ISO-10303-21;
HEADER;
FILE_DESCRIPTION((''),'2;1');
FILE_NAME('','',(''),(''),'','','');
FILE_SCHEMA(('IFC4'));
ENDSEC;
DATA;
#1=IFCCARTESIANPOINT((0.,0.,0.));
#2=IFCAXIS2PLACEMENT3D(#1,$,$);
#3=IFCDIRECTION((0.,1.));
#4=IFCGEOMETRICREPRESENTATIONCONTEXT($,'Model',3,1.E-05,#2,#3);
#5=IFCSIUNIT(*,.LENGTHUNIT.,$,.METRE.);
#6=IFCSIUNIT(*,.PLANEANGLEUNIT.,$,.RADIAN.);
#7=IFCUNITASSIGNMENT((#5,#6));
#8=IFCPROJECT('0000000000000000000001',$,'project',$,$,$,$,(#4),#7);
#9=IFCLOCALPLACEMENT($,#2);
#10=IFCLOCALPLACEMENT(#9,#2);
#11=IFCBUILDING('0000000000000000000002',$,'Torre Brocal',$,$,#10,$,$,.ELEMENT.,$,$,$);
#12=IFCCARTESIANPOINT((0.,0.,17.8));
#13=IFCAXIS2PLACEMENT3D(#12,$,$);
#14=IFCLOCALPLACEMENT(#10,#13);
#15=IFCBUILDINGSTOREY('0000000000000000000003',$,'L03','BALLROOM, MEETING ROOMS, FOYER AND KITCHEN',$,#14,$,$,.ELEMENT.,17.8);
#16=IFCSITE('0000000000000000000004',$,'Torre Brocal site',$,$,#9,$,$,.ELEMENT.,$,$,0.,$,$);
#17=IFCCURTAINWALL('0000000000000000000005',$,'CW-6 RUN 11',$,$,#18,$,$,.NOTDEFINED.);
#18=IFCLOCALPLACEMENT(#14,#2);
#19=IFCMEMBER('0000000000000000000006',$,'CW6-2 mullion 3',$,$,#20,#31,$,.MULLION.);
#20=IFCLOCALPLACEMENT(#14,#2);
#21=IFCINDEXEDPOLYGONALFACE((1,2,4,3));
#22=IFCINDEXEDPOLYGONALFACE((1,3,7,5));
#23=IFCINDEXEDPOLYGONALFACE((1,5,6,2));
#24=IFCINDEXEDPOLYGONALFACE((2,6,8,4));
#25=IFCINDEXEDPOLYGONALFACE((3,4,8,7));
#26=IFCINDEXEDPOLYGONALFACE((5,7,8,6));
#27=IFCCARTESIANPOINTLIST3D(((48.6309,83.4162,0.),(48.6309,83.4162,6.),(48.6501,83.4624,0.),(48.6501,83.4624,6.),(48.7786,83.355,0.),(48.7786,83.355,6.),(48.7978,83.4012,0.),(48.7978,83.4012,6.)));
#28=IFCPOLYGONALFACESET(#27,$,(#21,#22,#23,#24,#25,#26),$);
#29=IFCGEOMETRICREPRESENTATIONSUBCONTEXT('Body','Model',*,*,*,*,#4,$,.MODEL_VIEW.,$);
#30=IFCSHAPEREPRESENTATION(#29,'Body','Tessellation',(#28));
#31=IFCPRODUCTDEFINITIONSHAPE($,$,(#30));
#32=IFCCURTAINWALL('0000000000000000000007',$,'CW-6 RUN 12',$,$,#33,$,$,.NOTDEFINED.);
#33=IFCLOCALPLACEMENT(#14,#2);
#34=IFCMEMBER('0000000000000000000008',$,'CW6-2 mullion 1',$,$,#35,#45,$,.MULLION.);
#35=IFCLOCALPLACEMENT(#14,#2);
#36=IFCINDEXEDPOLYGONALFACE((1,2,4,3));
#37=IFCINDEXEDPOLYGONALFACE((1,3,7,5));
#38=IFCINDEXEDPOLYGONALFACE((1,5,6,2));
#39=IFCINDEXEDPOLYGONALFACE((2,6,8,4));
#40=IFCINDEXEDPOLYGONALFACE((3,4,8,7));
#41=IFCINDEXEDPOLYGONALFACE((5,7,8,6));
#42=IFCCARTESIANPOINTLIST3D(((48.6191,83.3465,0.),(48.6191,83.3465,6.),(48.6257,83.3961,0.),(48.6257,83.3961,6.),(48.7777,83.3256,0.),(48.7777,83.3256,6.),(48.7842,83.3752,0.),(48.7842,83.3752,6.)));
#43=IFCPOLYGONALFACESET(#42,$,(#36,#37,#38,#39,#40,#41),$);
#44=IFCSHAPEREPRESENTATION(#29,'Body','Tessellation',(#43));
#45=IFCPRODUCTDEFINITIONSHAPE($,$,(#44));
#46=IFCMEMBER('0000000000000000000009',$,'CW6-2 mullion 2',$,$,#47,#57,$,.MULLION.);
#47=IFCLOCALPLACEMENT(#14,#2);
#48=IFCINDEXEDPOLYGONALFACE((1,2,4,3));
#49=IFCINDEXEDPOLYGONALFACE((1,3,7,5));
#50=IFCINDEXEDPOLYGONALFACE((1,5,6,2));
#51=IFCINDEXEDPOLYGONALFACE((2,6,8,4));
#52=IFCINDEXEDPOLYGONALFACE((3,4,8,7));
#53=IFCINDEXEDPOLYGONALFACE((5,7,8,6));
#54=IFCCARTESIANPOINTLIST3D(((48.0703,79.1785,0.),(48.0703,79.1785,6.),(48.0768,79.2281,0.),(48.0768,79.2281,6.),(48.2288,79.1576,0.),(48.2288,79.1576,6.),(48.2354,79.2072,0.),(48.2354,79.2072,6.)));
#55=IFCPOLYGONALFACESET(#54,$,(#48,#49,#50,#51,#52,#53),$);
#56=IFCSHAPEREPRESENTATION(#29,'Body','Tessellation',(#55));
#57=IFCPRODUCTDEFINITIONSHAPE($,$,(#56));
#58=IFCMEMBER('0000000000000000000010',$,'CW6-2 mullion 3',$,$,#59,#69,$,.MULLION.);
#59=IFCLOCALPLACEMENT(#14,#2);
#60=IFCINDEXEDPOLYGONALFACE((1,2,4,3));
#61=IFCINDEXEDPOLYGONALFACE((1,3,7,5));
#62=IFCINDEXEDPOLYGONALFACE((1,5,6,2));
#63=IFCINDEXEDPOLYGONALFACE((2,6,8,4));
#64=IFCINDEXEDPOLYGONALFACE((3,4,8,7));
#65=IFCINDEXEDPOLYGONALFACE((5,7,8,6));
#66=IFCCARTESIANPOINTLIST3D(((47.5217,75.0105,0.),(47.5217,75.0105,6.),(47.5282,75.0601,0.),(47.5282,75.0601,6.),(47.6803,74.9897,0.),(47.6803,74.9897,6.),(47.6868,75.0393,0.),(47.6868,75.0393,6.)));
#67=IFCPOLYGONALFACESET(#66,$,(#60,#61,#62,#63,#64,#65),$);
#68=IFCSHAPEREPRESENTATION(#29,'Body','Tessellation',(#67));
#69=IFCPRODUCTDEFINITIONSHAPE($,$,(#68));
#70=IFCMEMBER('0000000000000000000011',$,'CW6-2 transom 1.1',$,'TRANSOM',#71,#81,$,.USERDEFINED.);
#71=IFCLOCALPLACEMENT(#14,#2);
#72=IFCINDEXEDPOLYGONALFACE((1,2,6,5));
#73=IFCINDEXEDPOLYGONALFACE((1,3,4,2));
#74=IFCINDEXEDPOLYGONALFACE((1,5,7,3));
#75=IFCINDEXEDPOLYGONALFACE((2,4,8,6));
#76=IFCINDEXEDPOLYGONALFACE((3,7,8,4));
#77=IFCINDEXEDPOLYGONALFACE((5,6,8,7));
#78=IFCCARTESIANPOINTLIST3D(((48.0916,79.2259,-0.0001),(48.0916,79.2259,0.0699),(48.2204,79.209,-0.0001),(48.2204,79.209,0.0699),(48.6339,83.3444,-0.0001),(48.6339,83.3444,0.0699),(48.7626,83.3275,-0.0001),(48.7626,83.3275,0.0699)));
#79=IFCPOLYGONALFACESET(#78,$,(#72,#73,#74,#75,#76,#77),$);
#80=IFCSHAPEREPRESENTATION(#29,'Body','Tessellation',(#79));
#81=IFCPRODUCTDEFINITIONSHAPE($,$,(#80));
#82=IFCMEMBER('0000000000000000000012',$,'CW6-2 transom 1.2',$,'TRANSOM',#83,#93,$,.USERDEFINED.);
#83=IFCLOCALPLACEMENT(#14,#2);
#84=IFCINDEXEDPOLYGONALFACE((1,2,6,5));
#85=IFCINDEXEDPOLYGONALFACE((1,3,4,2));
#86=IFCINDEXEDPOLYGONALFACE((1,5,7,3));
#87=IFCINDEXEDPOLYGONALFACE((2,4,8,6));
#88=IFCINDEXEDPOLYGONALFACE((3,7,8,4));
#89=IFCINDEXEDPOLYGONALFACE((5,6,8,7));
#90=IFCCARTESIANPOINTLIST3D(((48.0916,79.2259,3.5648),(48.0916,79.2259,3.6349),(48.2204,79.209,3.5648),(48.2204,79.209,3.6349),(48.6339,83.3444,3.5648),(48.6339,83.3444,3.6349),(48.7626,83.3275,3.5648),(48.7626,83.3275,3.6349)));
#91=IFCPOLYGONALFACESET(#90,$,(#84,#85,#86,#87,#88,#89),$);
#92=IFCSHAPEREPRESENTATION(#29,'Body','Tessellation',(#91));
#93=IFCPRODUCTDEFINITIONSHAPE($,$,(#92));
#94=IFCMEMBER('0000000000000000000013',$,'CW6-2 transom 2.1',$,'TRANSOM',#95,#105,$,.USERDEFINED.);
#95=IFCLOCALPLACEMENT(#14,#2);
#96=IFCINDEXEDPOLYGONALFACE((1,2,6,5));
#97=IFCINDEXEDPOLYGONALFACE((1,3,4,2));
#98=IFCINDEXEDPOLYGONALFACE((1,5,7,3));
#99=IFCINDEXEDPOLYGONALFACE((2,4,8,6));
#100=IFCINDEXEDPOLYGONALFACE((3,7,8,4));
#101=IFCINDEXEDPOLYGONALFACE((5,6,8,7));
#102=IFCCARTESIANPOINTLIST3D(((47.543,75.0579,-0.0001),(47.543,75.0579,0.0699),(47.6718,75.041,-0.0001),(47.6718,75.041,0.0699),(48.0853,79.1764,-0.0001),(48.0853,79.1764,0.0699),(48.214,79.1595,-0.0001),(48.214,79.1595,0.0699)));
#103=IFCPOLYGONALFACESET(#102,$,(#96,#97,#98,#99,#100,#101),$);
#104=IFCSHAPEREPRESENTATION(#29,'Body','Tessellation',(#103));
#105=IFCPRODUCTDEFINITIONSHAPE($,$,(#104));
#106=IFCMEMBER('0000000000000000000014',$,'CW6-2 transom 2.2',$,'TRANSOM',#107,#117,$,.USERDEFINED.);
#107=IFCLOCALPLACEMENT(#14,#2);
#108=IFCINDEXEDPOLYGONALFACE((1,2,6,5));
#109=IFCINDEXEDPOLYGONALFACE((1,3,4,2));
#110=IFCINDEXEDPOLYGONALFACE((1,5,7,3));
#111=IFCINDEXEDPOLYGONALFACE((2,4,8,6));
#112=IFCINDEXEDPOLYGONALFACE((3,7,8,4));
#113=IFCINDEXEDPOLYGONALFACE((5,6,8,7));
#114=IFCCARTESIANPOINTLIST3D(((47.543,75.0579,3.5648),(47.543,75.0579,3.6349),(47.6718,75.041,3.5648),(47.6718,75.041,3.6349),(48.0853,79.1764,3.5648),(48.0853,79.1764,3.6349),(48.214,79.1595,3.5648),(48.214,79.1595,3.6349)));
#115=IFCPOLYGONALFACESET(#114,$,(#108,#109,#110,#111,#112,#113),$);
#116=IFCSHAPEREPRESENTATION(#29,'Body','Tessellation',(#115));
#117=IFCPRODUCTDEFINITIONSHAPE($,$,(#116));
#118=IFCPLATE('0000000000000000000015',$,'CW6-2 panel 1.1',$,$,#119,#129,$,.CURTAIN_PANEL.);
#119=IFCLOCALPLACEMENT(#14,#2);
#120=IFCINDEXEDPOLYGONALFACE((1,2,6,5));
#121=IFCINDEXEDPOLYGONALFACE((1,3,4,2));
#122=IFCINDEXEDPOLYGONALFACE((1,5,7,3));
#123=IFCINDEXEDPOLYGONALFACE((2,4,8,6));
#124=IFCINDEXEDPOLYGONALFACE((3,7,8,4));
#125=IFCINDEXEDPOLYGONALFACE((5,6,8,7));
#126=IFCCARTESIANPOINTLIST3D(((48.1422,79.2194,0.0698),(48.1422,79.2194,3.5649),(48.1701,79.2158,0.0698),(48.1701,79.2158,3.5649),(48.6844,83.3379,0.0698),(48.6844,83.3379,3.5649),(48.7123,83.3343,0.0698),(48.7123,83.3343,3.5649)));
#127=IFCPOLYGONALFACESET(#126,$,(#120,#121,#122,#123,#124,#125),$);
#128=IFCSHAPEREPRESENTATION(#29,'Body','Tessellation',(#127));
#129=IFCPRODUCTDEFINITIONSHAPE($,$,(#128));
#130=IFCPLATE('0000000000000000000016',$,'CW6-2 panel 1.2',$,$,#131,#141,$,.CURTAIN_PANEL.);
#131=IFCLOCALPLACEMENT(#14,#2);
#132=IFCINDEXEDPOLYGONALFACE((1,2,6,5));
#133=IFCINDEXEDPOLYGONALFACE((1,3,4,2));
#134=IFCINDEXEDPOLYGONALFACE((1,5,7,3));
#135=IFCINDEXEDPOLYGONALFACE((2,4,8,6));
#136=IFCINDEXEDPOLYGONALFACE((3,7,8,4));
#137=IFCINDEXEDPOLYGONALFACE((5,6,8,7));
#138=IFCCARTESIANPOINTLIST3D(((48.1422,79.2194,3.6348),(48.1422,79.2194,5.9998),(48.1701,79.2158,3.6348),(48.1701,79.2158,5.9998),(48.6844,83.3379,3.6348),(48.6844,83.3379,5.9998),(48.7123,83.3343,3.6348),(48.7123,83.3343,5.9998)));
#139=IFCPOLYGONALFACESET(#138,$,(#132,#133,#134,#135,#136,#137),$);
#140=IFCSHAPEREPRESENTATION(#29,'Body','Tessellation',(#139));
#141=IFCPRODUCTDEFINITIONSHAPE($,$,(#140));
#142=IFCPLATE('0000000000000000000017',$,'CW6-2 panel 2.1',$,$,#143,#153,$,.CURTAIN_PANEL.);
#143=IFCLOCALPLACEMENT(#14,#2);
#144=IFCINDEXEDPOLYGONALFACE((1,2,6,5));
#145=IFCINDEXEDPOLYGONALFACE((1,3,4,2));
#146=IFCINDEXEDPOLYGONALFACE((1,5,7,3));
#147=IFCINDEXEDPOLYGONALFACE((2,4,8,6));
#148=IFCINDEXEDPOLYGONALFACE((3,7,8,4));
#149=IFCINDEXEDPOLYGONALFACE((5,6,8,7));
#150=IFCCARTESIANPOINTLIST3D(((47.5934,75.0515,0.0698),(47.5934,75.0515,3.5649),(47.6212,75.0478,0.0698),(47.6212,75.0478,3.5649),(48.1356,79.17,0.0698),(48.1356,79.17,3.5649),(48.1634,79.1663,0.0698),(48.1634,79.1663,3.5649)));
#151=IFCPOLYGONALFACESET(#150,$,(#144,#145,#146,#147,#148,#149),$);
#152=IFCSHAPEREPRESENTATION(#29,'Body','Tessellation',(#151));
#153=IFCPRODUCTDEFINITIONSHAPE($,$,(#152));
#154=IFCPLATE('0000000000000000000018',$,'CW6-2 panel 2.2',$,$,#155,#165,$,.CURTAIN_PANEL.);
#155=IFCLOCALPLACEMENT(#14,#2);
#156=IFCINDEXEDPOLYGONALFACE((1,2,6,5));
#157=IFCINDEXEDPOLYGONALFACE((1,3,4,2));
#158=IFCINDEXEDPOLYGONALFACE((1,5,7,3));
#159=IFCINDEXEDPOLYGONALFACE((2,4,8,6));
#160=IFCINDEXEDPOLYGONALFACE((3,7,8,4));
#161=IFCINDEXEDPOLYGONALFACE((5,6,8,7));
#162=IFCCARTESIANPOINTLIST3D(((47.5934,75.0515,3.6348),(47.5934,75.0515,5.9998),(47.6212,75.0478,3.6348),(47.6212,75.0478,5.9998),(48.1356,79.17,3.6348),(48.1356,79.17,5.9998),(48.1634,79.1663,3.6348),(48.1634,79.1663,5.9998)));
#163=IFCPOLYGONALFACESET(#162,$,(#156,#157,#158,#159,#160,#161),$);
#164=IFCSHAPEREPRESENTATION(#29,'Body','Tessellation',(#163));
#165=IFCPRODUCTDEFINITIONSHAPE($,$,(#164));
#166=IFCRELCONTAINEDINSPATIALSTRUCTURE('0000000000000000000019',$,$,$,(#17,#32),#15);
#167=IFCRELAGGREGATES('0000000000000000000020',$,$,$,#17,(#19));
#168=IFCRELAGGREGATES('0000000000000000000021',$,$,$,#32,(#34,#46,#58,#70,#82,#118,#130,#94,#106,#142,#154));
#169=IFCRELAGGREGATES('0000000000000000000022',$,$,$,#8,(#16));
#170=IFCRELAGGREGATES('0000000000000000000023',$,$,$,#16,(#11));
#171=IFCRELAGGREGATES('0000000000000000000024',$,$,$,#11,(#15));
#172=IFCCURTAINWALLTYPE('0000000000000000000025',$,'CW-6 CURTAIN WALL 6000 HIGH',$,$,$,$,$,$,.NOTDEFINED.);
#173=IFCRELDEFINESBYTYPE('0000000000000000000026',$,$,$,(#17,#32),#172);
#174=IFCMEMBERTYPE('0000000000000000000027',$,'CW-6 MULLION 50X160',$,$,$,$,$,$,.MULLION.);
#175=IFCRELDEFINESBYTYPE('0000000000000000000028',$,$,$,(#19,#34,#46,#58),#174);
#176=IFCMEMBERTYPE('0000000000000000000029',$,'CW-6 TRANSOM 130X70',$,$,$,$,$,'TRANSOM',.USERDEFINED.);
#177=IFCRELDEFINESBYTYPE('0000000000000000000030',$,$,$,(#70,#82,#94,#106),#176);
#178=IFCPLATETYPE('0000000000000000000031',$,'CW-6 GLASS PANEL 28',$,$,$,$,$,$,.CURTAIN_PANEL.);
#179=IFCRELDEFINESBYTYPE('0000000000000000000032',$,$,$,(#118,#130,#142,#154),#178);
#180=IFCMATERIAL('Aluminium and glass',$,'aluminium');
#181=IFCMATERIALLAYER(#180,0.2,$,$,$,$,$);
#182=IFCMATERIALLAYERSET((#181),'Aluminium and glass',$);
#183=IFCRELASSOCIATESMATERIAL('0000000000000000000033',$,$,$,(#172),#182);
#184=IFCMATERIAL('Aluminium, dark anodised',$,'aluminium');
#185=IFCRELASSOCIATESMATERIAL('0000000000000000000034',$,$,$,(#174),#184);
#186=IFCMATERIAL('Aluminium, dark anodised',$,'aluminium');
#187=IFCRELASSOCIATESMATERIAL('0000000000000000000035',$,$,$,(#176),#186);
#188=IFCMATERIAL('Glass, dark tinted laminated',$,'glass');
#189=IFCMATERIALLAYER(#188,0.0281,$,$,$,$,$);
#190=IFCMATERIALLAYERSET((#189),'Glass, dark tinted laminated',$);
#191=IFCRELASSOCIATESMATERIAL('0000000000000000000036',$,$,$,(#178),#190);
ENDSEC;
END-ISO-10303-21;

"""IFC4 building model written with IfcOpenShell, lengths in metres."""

from ifc_helpers import new_model, si_unit, direction, frame, origin, origin_2d, place, context, subcontext, project, spatial, rectangle, extrude, material, layer, layer_set, material_profile, profile_set, type_object, element, aggregate, save


model = new_model("IFC4")

# Units and contexts
model_context = context("Model", 3, precision=1e-05, world=origin(), true_north=direction((0.0, 1.0)))
body_context = subcontext(model_context, "Body", "Model", "MODEL_VIEW")
ifc_project = project(units=[si_unit("LENGTHUNIT", "METRE"), si_unit("PLANEANGLEUNIT", "RADIAN")], contexts=[model_context])

# Site, building, storey
site_placement = place(None, origin())
site = spatial("IfcSite", under=ifc_project, at=site_placement, Name="Torre Brocal site", CompositionType="ELEMENT", RefElevation=0.0)
building_placement = place(site_placement, origin())
building = spatial("IfcBuilding", under=site, at=building_placement, Name="Torre Brocal", CompositionType="ELEMENT")
storey_placement = place(building_placement, frame((0.0, 0.0, 17.8)))
storey = spatial("IfcBuildingStorey", under=building, at=storey_placement, Name="L03", Description="BALLROOM, MEETING ROOMS, FOYER AND KITCHEN", CompositionType="ELEMENT", Elevation=17.8)

# Curtain wall, member
ifc_material_1 = material(Name="Aluminium and glass", Category="aluminium")
ifc_layer_1 = layer(ifc_material_1, 0.2)
ifc_layer_set_1 = layer_set([ifc_layer_1], Name="Aluminium and glass")
curtain_wall_type = type_object("IfcCurtainWallType", Name="CW-6 CURTAIN WALL 6000 HIGH", PredefinedType="NOTDEFINED", material=ifc_layer_set_1)
curtain_wall_1_placement = place(storey_placement, origin())
curtain_wall_1 = element("IfcCurtainWall", 1, at=curtain_wall_1_placement, inside=storey, type_object=curtain_wall_type, Name="CW-6 RUN 11", PredefinedType="NOTDEFINED")
ifc_material_2 = material(Name="Aluminium, dark anodised", Category="aluminium")
ifc_material_profile_1 = material_profile(ifc_material_2, rectangle(XDim=0.1599, YDim=0.05, at=origin_2d()), Name="CW-6 MULLION 50X160")
ifc_profile_set_1 = profile_set([ifc_material_profile_1], Name="Aluminium, dark anodised")
member_type_1 = type_object("IfcMemberType", Name="CW-6 MULLION 50X160", PredefinedType="MULLION", material=ifc_profile_set_1)
member_1_placement = place(storey_placement, frame((48.7144, 83.4087, 0.0), z_axis=(0.0, 0.0, 1.0), x_axis=(0.92388, -0.382683, 0.0)))
member_1 = element("IfcMember", 2, at=member_1_placement, type_object=member_type_1, Name="CW6-2 mullion 3", PredefinedType="MULLION", context=body_context, shape_type="SweptSolid", body=[
    extrude(rectangle(XDim=0.1599, YDim=0.05, at=origin_2d()), origin(), (0.0, 0.0, 1.0), 6.0),
])
aggregate(curtain_wall_1, [member_1])

# Curtain wall, members, plates
curtain_wall_2_placement = place(storey_placement, origin())
curtain_wall_2 = element("IfcCurtainWall", 3, at=curtain_wall_2_placement, inside=storey, type_object=curtain_wall_type, Name="CW-6 RUN 12", PredefinedType="NOTDEFINED")
member_2_placement = place(storey_placement, frame((48.7017, 83.3608, 0.0), z_axis=(0.0, 0.0, 1.0), x_axis=(0.991445, -0.130526, 0.0)))
member_2 = element("IfcMember", 4, at=member_2_placement, type_object=member_type_1, Name="CW6-2 mullion 1", PredefinedType="MULLION", context=body_context, shape_type="SweptSolid", body=[
    extrude(rectangle(XDim=0.1599, YDim=0.05, at=origin_2d()), origin(), (0.0, 0.0, 1.0), 6.0),
])
member_3_placement = place(storey_placement, frame((48.1528, 79.1929, 0.0), z_axis=(0.0, 0.0, 1.0), x_axis=(0.991445, -0.130526, 0.0)))
member_3 = element("IfcMember", 5, at=member_3_placement, type_object=member_type_1, Name="CW6-2 mullion 2", PredefinedType="MULLION", context=body_context, shape_type="SweptSolid", body=[
    extrude(rectangle(XDim=0.1599, YDim=0.05, at=origin_2d()), origin(), (0.0, 0.0, 1.0), 6.0),
])
member_4_placement = place(storey_placement, frame((47.6042, 75.0249, 0.0), z_axis=(0.0, 0.0, 1.0), x_axis=(0.991445, -0.130526, 0.0)))
member_4 = element("IfcMember", 6, at=member_4_placement, type_object=member_type_1, Name="CW6-2 mullion 3", PredefinedType="MULLION", context=body_context, shape_type="SweptSolid", body=[
    extrude(rectangle(XDim=0.1599, YDim=0.05, at=origin_2d()), origin(), (0.0, 0.0, 1.0), 6.0),
])
ifc_material_3 = material(Name="Aluminium, dark anodised", Category="aluminium")
ifc_material_profile_2 = material_profile(ifc_material_3, rectangle(XDim=0.1299, YDim=0.0701, at=origin_2d()), Name="CW-6 TRANSOM 130X70")
ifc_profile_set_2 = profile_set([ifc_material_profile_2], Name="Aluminium, dark anodised")
member_type_2 = type_object("IfcMemberType", Name="CW-6 TRANSOM 130X70", ElementType="TRANSOM", PredefinedType="USERDEFINED", material=ifc_profile_set_2)
member_5_placement = place(storey_placement, frame((48.6982, 83.3359, 0.0349), z_axis=(-0.130535, -0.991444, 0.0), x_axis=(0.991444, -0.130535, 0.0)))
member_5 = element("IfcMember", 7, at=member_5_placement, type_object=member_type_2, Name="CW6-2 transom 1.1", ObjectType="TRANSOM", PredefinedType="USERDEFINED", context=body_context, shape_type="SweptSolid", body=[
    extrude(rectangle(XDim=0.1299, YDim=0.0701, at=origin_2d()), origin(), (0.0, 0.0, 1.0), 4.1541),
])
member_6_placement = place(storey_placement, frame((48.6982, 83.3359, 3.5999), z_axis=(-0.130535, -0.991444, 0.0), x_axis=(0.991444, -0.130535, 0.0)))
member_6 = element("IfcMember", 8, at=member_6_placement, type_object=member_type_2, Name="CW6-2 transom 1.2", ObjectType="TRANSOM", PredefinedType="USERDEFINED", context=body_context, shape_type="SweptSolid", body=[
    extrude(rectangle(XDim=0.1299, YDim=0.0701, at=origin_2d()), origin(), (0.0, 0.0, 1.0), 4.1541),
])
member_7_placement = place(storey_placement, frame((48.1497, 79.168, 0.0349), z_axis=(-0.130535, -0.991444, 0.0), x_axis=(0.991444, -0.130535, 0.0)))
member_7 = element("IfcMember", 9, at=member_7_placement, type_object=member_type_2, Name="CW6-2 transom 2.1", ObjectType="TRANSOM", PredefinedType="USERDEFINED", context=body_context, shape_type="SweptSolid", body=[
    extrude(rectangle(XDim=0.1299, YDim=0.0701, at=origin_2d()), origin(), (0.0, 0.0, 1.0), 4.1541),
])
member_8_placement = place(storey_placement, frame((48.1497, 79.168, 3.5999), z_axis=(-0.130535, -0.991444, 0.0), x_axis=(0.991444, -0.130535, 0.0)))
member_8 = element("IfcMember", 10, at=member_8_placement, type_object=member_type_2, Name="CW6-2 transom 2.2", ObjectType="TRANSOM", PredefinedType="USERDEFINED", context=body_context, shape_type="SweptSolid", body=[
    extrude(rectangle(XDim=0.1299, YDim=0.0701, at=origin_2d()), origin(), (0.0, 0.0, 1.0), 4.1541),
])
ifc_material_4 = material(Name="Glass, dark tinted laminated", Category="glass")
ifc_layer_2 = layer(ifc_material_4, 0.0281)
ifc_layer_set_2 = layer_set([ifc_layer_2], Name="Glass, dark tinted laminated")
plate_type = type_object("IfcPlateType", Name="CW-6 GLASS PANEL 28", PredefinedType="CURTAIN_PANEL", material=ifc_layer_set_2)
plate_1_placement = place(storey_placement, frame((48.4272, 81.2769, 0.0698), z_axis=(0.0, 0.0, 1.0), x_axis=(-0.130526, -0.991445, 0.0)))
plate_1 = element("IfcPlate", 11, at=plate_1_placement, type_object=plate_type, Name="CW6-2 panel 1.1", PredefinedType="CURTAIN_PANEL", context=body_context, shape_type="SweptSolid", body=[
    extrude(rectangle(XDim=4.1541, YDim=0.0281, at=origin_2d()), origin(), (0.0, 0.0, 1.0), 3.4951),
])
plate_2_placement = place(storey_placement, frame((48.4272, 81.2769, 3.6348), z_axis=(0.0, 0.0, 1.0), x_axis=(-0.130526, -0.991445, 0.0)))
plate_2 = element("IfcPlate", 12, at=plate_2_placement, type_object=plate_type, Name="CW6-2 panel 1.2", PredefinedType="CURTAIN_PANEL", context=body_context, shape_type="SweptSolid", body=[
    extrude(rectangle(XDim=4.1541, YDim=0.0281, at=origin_2d()), origin(), (0.0, 0.0, 1.0), 2.365),
])
plate_3_placement = place(storey_placement, frame((47.8784, 77.1089, 0.0698), z_axis=(0.0, 0.0, 1.0), x_axis=(-0.130526, -0.991445, 0.0)))
plate_3 = element("IfcPlate", 13, at=plate_3_placement, type_object=plate_type, Name="CW6-2 panel 2.1", PredefinedType="CURTAIN_PANEL", context=body_context, shape_type="SweptSolid", body=[
    extrude(rectangle(XDim=4.1541, YDim=0.0281, at=origin_2d()), origin(), (0.0, 0.0, 1.0), 3.4951),
])
plate_4_placement = place(storey_placement, frame((47.8784, 77.1089, 3.6348), z_axis=(0.0, 0.0, 1.0), x_axis=(-0.130526, -0.991445, 0.0)))
plate_4 = element("IfcPlate", 14, at=plate_4_placement, type_object=plate_type, Name="CW6-2 panel 2.2", PredefinedType="CURTAIN_PANEL", context=body_context, shape_type="SweptSolid", body=[
    extrude(rectangle(XDim=4.1541, YDim=0.0281, at=origin_2d()), origin(), (0.0, 0.0, 1.0), 2.365),
])
aggregate(curtain_wall_2, [member_2, member_3, member_4, member_5, member_6, plate_1, plate_2, member_7, member_8, plate_3, plate_4])

save(model, "model.ifc")
